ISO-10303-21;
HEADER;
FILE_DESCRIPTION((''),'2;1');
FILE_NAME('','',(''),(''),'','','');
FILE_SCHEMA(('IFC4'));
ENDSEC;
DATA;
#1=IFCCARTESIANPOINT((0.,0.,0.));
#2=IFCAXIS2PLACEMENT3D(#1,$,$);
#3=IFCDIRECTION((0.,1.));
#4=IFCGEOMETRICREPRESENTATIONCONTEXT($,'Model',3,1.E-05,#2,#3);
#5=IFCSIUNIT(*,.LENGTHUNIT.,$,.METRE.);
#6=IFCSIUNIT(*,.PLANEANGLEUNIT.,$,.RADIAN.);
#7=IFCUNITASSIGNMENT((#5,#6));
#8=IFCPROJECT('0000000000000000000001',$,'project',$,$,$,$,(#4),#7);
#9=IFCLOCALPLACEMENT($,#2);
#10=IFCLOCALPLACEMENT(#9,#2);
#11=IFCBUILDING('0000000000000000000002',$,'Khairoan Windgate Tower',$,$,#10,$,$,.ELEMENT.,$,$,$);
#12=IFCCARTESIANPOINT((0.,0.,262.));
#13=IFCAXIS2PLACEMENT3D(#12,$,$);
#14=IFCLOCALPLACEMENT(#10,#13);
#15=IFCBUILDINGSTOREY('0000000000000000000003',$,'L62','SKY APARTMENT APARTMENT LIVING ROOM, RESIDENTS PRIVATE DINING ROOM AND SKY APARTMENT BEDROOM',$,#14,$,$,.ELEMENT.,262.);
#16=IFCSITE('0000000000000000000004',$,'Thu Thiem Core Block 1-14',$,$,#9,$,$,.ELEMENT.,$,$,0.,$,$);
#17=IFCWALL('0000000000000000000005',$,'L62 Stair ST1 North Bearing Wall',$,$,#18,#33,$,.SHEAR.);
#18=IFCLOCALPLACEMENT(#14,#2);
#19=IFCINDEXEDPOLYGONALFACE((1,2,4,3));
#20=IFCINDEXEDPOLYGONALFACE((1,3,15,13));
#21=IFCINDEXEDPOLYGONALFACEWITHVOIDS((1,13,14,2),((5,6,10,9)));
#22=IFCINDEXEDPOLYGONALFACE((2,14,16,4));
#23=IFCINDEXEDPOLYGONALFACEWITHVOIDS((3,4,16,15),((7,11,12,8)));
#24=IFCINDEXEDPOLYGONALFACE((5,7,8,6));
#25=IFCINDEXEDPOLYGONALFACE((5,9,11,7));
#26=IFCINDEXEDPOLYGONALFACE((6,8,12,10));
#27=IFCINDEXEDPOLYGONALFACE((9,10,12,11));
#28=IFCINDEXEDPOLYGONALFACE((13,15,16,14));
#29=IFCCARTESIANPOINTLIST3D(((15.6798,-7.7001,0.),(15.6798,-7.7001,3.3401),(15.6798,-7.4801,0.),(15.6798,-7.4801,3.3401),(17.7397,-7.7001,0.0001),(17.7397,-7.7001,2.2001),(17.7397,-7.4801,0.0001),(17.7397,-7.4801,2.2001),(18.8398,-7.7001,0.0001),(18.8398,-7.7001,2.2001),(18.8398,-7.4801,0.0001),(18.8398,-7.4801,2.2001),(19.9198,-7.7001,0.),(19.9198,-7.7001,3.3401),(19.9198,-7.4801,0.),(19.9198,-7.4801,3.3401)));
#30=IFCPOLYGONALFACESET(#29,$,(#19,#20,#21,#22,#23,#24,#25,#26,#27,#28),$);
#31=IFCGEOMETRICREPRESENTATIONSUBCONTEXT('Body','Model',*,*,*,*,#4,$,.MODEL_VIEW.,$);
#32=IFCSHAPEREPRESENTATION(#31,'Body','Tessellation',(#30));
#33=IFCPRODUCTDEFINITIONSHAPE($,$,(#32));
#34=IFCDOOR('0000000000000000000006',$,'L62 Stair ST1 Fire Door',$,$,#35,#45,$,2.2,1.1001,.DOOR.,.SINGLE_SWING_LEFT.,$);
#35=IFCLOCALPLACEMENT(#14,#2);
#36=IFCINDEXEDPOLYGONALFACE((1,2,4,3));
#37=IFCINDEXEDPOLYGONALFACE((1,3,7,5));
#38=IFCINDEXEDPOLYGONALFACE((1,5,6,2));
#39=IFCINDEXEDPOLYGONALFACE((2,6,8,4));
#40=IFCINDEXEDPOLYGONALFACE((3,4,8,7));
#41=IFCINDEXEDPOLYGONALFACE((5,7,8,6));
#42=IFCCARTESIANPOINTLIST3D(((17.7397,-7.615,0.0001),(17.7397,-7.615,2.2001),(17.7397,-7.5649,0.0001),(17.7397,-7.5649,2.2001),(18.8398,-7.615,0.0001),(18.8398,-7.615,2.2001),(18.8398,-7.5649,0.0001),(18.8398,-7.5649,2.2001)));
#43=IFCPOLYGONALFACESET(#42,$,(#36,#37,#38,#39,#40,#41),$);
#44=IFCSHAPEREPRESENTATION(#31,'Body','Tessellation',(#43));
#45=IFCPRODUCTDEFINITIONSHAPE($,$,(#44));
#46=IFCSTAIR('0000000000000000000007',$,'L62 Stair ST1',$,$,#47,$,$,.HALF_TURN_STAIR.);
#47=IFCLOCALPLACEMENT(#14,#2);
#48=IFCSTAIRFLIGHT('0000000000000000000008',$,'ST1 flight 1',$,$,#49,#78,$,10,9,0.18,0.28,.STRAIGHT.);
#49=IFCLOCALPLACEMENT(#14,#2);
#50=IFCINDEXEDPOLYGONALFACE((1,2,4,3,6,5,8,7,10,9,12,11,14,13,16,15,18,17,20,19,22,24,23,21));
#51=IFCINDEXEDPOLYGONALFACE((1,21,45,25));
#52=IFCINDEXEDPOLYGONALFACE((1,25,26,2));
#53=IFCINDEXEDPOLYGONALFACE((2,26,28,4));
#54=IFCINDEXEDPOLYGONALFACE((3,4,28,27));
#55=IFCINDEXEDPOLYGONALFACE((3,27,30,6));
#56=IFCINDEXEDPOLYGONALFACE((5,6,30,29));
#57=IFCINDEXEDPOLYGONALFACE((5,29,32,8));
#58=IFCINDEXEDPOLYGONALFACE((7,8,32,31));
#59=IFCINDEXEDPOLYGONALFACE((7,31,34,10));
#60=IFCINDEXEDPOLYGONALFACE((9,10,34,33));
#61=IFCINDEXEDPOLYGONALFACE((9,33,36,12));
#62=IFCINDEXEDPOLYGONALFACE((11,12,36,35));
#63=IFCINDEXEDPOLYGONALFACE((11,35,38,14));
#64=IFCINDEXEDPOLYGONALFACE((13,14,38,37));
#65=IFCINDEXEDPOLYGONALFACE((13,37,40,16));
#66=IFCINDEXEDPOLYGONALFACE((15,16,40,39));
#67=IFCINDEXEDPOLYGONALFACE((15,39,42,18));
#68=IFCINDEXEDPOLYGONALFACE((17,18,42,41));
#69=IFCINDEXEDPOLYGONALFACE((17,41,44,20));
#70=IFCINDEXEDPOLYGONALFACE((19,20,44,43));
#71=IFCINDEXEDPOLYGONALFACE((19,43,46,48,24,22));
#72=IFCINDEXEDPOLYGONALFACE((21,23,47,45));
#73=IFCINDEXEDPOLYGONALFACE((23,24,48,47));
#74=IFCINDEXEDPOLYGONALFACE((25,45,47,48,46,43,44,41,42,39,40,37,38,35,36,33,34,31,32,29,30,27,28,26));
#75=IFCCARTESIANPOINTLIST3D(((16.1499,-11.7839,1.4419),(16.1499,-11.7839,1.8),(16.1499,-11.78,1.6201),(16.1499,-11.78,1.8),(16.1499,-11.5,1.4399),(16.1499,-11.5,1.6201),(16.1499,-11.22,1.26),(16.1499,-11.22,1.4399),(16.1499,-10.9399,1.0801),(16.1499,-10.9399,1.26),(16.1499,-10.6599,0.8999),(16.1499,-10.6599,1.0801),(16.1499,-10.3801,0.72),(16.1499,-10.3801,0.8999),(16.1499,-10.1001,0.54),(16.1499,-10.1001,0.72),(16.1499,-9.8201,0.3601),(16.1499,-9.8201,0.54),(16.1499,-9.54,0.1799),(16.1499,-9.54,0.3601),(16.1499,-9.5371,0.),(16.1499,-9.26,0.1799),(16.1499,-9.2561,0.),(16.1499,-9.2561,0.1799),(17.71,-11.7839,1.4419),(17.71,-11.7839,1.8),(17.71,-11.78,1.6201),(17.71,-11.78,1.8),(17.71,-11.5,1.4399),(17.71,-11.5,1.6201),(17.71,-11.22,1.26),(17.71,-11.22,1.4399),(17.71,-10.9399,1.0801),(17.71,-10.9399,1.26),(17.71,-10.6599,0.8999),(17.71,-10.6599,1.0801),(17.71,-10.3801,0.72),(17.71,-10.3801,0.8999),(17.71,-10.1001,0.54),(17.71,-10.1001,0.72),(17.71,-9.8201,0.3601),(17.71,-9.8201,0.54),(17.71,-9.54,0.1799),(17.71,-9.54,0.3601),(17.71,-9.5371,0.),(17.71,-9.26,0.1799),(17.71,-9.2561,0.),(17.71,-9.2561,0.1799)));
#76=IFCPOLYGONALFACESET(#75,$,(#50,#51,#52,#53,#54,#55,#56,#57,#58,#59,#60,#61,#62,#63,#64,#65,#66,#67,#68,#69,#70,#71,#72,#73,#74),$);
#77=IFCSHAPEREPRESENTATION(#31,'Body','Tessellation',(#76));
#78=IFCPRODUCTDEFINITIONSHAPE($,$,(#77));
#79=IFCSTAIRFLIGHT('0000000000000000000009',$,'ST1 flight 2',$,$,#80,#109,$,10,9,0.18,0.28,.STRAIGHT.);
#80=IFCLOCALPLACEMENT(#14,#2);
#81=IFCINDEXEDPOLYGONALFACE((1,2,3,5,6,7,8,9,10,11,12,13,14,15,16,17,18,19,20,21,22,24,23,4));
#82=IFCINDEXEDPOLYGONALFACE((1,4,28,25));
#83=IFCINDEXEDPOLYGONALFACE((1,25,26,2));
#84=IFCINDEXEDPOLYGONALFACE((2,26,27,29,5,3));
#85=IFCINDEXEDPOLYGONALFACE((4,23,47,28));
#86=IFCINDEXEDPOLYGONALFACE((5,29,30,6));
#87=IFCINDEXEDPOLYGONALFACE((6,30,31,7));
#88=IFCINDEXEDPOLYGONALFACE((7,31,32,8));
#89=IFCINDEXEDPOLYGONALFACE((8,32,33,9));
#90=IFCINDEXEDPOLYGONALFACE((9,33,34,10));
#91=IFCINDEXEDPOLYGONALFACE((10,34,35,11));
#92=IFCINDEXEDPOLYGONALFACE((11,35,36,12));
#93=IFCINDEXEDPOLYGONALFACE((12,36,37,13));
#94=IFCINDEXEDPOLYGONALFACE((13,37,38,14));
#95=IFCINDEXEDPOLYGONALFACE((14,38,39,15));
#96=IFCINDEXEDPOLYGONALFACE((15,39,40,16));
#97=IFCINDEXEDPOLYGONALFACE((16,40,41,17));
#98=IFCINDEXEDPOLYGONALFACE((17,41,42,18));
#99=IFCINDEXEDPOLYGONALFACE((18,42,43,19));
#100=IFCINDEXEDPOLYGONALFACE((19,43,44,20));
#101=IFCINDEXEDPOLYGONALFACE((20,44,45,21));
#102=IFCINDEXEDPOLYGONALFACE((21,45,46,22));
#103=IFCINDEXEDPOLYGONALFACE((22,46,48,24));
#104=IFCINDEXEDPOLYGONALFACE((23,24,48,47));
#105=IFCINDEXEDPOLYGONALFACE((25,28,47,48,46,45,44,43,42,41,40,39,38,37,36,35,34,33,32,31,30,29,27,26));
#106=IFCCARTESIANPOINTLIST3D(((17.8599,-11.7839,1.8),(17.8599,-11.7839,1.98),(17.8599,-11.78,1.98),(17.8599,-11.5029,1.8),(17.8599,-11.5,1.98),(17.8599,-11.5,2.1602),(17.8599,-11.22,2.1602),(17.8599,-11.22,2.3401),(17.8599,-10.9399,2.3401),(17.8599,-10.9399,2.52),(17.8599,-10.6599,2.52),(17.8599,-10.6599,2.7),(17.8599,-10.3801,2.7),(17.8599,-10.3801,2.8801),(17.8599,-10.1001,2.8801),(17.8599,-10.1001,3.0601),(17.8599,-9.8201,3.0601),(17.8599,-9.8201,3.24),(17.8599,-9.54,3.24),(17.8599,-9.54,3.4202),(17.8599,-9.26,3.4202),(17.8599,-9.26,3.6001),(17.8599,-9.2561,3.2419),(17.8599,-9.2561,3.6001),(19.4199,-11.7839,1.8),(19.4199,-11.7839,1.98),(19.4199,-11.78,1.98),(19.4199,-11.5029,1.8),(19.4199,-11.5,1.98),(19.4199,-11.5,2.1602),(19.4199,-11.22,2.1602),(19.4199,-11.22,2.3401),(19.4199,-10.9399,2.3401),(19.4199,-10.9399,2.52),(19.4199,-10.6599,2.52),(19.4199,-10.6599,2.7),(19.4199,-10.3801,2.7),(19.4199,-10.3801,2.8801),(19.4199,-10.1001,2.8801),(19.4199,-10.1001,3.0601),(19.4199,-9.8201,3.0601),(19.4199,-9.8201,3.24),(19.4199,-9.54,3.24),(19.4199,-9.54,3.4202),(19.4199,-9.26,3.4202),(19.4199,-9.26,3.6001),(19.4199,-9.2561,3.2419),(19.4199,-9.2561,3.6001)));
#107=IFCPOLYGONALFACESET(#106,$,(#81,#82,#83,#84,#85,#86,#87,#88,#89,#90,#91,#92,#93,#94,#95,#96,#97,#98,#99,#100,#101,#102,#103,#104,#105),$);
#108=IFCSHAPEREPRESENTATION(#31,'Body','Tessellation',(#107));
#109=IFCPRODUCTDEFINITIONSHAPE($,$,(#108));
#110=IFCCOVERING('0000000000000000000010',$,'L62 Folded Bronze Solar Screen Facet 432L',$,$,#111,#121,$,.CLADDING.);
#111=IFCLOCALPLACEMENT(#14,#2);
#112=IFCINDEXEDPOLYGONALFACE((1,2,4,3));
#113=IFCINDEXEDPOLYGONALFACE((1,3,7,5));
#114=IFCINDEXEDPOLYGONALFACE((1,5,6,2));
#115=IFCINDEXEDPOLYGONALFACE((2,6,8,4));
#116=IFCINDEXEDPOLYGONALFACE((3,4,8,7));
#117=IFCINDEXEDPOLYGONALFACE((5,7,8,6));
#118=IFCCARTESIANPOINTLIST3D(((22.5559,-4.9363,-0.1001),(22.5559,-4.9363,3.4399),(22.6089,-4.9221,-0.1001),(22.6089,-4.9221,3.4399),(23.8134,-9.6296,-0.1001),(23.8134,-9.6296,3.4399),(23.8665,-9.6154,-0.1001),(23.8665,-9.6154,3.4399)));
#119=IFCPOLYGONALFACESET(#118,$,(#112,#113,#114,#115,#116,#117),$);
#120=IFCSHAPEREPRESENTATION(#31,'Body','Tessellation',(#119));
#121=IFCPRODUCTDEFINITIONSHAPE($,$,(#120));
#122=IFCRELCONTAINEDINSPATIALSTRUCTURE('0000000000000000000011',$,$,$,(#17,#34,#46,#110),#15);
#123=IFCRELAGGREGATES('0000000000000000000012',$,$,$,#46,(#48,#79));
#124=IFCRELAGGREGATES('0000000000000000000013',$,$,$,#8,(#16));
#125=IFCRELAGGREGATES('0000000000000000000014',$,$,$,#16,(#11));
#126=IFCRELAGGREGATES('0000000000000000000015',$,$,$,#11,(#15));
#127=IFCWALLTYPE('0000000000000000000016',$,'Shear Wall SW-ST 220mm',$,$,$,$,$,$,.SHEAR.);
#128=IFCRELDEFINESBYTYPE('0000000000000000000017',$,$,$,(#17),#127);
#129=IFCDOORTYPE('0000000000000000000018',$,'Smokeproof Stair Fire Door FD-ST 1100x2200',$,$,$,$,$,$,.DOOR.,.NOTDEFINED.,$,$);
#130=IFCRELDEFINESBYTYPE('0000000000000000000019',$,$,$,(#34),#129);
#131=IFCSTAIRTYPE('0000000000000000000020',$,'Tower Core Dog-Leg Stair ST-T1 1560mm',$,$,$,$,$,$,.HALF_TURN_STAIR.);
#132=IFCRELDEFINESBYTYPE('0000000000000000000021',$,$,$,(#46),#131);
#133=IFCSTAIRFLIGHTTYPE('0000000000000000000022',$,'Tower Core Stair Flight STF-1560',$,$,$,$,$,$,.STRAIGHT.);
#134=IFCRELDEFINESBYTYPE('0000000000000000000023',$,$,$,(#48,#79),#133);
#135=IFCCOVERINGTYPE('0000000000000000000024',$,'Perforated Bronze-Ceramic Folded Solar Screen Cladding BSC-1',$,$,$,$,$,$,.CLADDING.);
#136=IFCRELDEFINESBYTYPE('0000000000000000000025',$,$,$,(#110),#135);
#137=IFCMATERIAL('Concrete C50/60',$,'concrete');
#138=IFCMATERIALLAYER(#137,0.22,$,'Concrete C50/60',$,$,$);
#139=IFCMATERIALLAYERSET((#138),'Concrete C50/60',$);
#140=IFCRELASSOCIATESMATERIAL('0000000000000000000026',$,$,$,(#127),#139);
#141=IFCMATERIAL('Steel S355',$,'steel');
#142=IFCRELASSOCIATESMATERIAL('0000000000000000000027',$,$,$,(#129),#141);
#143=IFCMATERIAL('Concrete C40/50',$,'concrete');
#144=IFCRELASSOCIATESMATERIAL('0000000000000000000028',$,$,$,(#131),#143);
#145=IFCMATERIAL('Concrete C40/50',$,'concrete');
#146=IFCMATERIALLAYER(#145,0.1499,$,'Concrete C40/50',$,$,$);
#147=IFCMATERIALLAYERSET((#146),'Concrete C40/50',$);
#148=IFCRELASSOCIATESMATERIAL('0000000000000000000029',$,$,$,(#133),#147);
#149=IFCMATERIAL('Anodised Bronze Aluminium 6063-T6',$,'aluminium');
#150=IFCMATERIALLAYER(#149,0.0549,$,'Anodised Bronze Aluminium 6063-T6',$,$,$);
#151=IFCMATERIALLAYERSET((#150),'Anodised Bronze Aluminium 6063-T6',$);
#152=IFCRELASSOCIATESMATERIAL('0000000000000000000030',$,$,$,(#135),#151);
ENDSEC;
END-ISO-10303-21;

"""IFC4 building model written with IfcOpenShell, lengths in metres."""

from ifc_helpers import new_model, si_unit, direction, frame, frame_2d, origin, origin_2d, place, context, subcontext, project, spatial, polyline, rectangle, outline, extrude, material, layer, layer_set, type_object, element, fill, aggregate, save


model = new_model("IFC4")

# Units and contexts
model_context = context("Model", 3, precision=1e-05, world=origin(), true_north=direction((0.0, 1.0)))
body_context = subcontext(model_context, "Body", "Model", "MODEL_VIEW")
ifc_project = project(units=[si_unit("LENGTHUNIT", "METRE"), si_unit("PLANEANGLEUNIT", "RADIAN")], contexts=[model_context])

# Site, building, storey
site_placement = place(None, origin())
site = spatial("IfcSite", under=ifc_project, at=site_placement, Name="Thu Thiem Core Block 1-14", CompositionType="ELEMENT", RefElevation=0.0)
building_placement = place(site_placement, origin())
building = spatial("IfcBuilding", under=site, at=building_placement, Name="Khairoan Windgate Tower", CompositionType="ELEMENT")
storey_placement = place(building_placement, frame((0.0, 0.0, 262.0)))
storey = spatial("IfcBuildingStorey", under=building, at=storey_placement, Name="L62", Description="SKY APARTMENT APARTMENT LIVING ROOM, RESIDENTS PRIVATE DINING ROOM AND SKY APARTMENT BEDROOM", CompositionType="ELEMENT", Elevation=262.0)

# Wall, opening, door
ifc_material_1 = material(Name="Concrete C50/60", Category="concrete")
ifc_layer_1 = layer(ifc_material_1, 0.22, Name="Concrete C50/60")
ifc_layer_set_1 = layer_set([ifc_layer_1], Name="Concrete C50/60")
wall_type_1 = type_object("IfcWallType", Name="Shear Wall SW-ST 220mm", PredefinedType="SHEAR", material=ifc_layer_set_1)
wall_placement = place(storey_placement, frame((19.9199, -7.5901, 0.0), z_axis=(0.0, 0.0, 1.0), x_axis=(-1.0, 0.0, 0.0)))
wall = element("IfcWall", 1, at=wall_placement, inside=storey, type_object=wall_type_1, Name="L62 Stair ST1 North Bearing Wall", PredefinedType="SHEAR", context=body_context, shape_type="SweptSolid", body=[
    extrude(rectangle(XDim=4.24, YDim=0.22, at=frame_2d((2.1201, 0.0))), origin(), (0.0, 0.0, 1.0), 3.3401),
])
opening_placement = place(wall_placement, frame((1.0801, 0.0, 0.0)))
opening = element("IfcOpeningElement", 2, at=opening_placement, cuts=wall, PredefinedType="OPENING", context=body_context, shape_type="SweptSolid", body=[
    extrude(rectangle(XDim=1.1001, YDim=2.2, at=frame_2d((0.55, 1.1001))), frame((0.0, 0.1199, 0.0), z_axis=(0.0, -1.0, 0.0), x_axis=(1.0, 0.0, 0.0)), (0.0, 0.0, 1.0), 0.24),
])
ifc_material_2 = material(Name="Steel S355", Category="steel")
door_type = type_object("IfcDoorType", Name="Smokeproof Stair Fire Door FD-ST 1100x2200", OperationType="NOTDEFINED", PredefinedType="DOOR", material=ifc_material_2)
door_placement = place(opening_placement, origin())
door = element("IfcDoor", 3, at=door_placement, inside=storey, type_object=door_type, Name="L62 Stair ST1 Fire Door", OperationType="SINGLE_SWING_LEFT", OverallHeight=2.2, OverallWidth=1.1001, PredefinedType="DOOR", context=body_context, shape_type="SweptSolid", body=[
    extrude(rectangle(XDim=1.1001, YDim=2.2, at=frame_2d((0.55, 1.1001))), frame((0.0, 0.0249, 0.0), z_axis=(0.0, -1.0, 0.0), x_axis=(1.0, 0.0, 0.0)), (0.0, 0.0, 1.0), 0.05),
])
fill(opening, door)

# Stair, stair flights
ifc_material_3 = material(Name="Concrete C40/50", Category="concrete")
stair_type = type_object("IfcStairType", Name="Tower Core Dog-Leg Stair ST-T1 1560mm", PredefinedType="HALF_TURN_STAIR", material=ifc_material_3)
stair_placement = place(storey_placement, origin())
stair = element("IfcStair", 4, at=stair_placement, inside=storey, type_object=stair_type, Name="L62 Stair ST1", PredefinedType="HALF_TURN_STAIR")
ifc_material_4 = material(Name="Concrete C40/50", Category="concrete")
ifc_layer_2 = layer(ifc_material_4, 0.1499, Name="Concrete C40/50")
ifc_layer_set_2 = layer_set([ifc_layer_2], Name="Concrete C40/50")
stair_flight_type = type_object("IfcStairFlightType", Name="Tower Core Stair Flight STF-1560", PredefinedType="STRAIGHT", material=ifc_layer_set_2)
stair_flight_1_placement = place(storey_placement, frame((16.9299, -9.26, 0.0), z_axis=(0.0, 0.0, 1.0), x_axis=(0.0, -1.0, 0.0)))
stair_flight_1 = element("IfcStairFlight", 5, at=stair_flight_1_placement, type_object=stair_flight_type, Name="ST1 flight 1", NumberOfRisers=10, NumberOfTreads=9, PredefinedType="STRAIGHT", RiserHeight=0.18, TreadLength=0.28, context=body_context, shape_type="SweptSolid", body=[
    extrude(outline(polyline([(-0.0039, 0.0), (-0.0039, 0.1799), (0.0, 0.1799), (0.28, 0.1799), (0.28, 0.3601), (0.5601, 0.3601), (0.5601, 0.54), (0.8401, 0.54), (0.8401, 0.72), (1.1201, 0.72), (1.1201, 0.8999), (1.3999, 0.8999), (1.3999, 1.0801), (1.6799, 1.0801), (1.6799, 1.26), (1.96, 1.26), (1.96, 1.4399), (2.24, 1.4399), (2.24, 1.6201), (2.52, 1.6201), (2.52, 1.8), (2.5239, 1.8), (2.5239, 1.4419), (0.2771, 0.0), (-0.0039, 0.0)])), frame((0.0, 0.78, 0.0), z_axis=(0.0, -1.0, 0.0), x_axis=(1.0, 0.0, 0.0)), (0.0, 0.0, 1.0), 1.5601),
])
stair_flight_2_placement = place(storey_placement, frame((18.6399, -11.78, 1.8), z_axis=(0.0, 0.0, 1.0), x_axis=(0.0, 1.0, 0.0)))
stair_flight_2 = element("IfcStairFlight", 6, at=stair_flight_2_placement, type_object=stair_flight_type, Name="ST1 flight 2", NumberOfRisers=10, NumberOfTreads=9, PredefinedType="STRAIGHT", RiserHeight=0.18, TreadLength=0.28, context=body_context, shape_type="SweptSolid", body=[
    extrude(outline(polyline([(-0.0039, 0.0), (-0.0039, 0.1799), (0.0, 0.1799), (0.28, 0.1799), (0.28, 0.3601), (0.5601, 0.3601), (0.5601, 0.54), (0.8401, 0.54), (0.8401, 0.72), (1.1201, 0.72), (1.1201, 0.8999), (1.3999, 0.8999), (1.3999, 1.0801), (1.6799, 1.0801), (1.6799, 1.26), (1.96, 1.26), (1.96, 1.4399), (2.24, 1.4399), (2.24, 1.6201), (2.52, 1.6201), (2.52, 1.8), (2.5239, 1.8), (2.5239, 1.4419), (0.2771, 0.0), (-0.0039, 0.0)])), frame((0.0, 0.78, 0.0), z_axis=(0.0, -1.0, 0.0), x_axis=(1.0, 0.0, 0.0)), (0.0, 0.0, 1.0), 1.5601),
])
aggregate(stair, [stair_flight_1, stair_flight_2])

# Covering
ifc_material_5 = material(Name="Anodised Bronze Aluminium 6063-T6", Category="aluminium")
ifc_layer_3 = layer(ifc_material_5, 0.0549, Name="Anodised Bronze Aluminium 6063-T6")
ifc_layer_set_3 = layer_set([ifc_layer_3], Name="Anodised Bronze Aluminium 6063-T6")
covering_type = type_object("IfcCoveringType", Name="Perforated Bronze-Ceramic Folded Solar Screen Cladding BSC-1", PredefinedType="CLADDING", material=ifc_layer_set_3)
covering_placement = place(storey_placement, frame((23.2112, -7.2759, -0.1001), z_axis=(0.0, 0.0, 1.0), x_axis=(0.258819, -0.965926, 0.0)))
element("IfcCovering", 7, at=covering_placement, inside=storey, type_object=covering_type, Name="L62 Folded Bronze Solar Screen Facet 432L", PredefinedType="CLADDING", context=body_context, shape_type="SweptSolid", body=[
    extrude(rectangle(XDim=4.8589, YDim=0.0549, at=origin_2d()), origin(), (0.0, 0.0, 1.0), 3.54),
])

save(model, "model.ifc")
